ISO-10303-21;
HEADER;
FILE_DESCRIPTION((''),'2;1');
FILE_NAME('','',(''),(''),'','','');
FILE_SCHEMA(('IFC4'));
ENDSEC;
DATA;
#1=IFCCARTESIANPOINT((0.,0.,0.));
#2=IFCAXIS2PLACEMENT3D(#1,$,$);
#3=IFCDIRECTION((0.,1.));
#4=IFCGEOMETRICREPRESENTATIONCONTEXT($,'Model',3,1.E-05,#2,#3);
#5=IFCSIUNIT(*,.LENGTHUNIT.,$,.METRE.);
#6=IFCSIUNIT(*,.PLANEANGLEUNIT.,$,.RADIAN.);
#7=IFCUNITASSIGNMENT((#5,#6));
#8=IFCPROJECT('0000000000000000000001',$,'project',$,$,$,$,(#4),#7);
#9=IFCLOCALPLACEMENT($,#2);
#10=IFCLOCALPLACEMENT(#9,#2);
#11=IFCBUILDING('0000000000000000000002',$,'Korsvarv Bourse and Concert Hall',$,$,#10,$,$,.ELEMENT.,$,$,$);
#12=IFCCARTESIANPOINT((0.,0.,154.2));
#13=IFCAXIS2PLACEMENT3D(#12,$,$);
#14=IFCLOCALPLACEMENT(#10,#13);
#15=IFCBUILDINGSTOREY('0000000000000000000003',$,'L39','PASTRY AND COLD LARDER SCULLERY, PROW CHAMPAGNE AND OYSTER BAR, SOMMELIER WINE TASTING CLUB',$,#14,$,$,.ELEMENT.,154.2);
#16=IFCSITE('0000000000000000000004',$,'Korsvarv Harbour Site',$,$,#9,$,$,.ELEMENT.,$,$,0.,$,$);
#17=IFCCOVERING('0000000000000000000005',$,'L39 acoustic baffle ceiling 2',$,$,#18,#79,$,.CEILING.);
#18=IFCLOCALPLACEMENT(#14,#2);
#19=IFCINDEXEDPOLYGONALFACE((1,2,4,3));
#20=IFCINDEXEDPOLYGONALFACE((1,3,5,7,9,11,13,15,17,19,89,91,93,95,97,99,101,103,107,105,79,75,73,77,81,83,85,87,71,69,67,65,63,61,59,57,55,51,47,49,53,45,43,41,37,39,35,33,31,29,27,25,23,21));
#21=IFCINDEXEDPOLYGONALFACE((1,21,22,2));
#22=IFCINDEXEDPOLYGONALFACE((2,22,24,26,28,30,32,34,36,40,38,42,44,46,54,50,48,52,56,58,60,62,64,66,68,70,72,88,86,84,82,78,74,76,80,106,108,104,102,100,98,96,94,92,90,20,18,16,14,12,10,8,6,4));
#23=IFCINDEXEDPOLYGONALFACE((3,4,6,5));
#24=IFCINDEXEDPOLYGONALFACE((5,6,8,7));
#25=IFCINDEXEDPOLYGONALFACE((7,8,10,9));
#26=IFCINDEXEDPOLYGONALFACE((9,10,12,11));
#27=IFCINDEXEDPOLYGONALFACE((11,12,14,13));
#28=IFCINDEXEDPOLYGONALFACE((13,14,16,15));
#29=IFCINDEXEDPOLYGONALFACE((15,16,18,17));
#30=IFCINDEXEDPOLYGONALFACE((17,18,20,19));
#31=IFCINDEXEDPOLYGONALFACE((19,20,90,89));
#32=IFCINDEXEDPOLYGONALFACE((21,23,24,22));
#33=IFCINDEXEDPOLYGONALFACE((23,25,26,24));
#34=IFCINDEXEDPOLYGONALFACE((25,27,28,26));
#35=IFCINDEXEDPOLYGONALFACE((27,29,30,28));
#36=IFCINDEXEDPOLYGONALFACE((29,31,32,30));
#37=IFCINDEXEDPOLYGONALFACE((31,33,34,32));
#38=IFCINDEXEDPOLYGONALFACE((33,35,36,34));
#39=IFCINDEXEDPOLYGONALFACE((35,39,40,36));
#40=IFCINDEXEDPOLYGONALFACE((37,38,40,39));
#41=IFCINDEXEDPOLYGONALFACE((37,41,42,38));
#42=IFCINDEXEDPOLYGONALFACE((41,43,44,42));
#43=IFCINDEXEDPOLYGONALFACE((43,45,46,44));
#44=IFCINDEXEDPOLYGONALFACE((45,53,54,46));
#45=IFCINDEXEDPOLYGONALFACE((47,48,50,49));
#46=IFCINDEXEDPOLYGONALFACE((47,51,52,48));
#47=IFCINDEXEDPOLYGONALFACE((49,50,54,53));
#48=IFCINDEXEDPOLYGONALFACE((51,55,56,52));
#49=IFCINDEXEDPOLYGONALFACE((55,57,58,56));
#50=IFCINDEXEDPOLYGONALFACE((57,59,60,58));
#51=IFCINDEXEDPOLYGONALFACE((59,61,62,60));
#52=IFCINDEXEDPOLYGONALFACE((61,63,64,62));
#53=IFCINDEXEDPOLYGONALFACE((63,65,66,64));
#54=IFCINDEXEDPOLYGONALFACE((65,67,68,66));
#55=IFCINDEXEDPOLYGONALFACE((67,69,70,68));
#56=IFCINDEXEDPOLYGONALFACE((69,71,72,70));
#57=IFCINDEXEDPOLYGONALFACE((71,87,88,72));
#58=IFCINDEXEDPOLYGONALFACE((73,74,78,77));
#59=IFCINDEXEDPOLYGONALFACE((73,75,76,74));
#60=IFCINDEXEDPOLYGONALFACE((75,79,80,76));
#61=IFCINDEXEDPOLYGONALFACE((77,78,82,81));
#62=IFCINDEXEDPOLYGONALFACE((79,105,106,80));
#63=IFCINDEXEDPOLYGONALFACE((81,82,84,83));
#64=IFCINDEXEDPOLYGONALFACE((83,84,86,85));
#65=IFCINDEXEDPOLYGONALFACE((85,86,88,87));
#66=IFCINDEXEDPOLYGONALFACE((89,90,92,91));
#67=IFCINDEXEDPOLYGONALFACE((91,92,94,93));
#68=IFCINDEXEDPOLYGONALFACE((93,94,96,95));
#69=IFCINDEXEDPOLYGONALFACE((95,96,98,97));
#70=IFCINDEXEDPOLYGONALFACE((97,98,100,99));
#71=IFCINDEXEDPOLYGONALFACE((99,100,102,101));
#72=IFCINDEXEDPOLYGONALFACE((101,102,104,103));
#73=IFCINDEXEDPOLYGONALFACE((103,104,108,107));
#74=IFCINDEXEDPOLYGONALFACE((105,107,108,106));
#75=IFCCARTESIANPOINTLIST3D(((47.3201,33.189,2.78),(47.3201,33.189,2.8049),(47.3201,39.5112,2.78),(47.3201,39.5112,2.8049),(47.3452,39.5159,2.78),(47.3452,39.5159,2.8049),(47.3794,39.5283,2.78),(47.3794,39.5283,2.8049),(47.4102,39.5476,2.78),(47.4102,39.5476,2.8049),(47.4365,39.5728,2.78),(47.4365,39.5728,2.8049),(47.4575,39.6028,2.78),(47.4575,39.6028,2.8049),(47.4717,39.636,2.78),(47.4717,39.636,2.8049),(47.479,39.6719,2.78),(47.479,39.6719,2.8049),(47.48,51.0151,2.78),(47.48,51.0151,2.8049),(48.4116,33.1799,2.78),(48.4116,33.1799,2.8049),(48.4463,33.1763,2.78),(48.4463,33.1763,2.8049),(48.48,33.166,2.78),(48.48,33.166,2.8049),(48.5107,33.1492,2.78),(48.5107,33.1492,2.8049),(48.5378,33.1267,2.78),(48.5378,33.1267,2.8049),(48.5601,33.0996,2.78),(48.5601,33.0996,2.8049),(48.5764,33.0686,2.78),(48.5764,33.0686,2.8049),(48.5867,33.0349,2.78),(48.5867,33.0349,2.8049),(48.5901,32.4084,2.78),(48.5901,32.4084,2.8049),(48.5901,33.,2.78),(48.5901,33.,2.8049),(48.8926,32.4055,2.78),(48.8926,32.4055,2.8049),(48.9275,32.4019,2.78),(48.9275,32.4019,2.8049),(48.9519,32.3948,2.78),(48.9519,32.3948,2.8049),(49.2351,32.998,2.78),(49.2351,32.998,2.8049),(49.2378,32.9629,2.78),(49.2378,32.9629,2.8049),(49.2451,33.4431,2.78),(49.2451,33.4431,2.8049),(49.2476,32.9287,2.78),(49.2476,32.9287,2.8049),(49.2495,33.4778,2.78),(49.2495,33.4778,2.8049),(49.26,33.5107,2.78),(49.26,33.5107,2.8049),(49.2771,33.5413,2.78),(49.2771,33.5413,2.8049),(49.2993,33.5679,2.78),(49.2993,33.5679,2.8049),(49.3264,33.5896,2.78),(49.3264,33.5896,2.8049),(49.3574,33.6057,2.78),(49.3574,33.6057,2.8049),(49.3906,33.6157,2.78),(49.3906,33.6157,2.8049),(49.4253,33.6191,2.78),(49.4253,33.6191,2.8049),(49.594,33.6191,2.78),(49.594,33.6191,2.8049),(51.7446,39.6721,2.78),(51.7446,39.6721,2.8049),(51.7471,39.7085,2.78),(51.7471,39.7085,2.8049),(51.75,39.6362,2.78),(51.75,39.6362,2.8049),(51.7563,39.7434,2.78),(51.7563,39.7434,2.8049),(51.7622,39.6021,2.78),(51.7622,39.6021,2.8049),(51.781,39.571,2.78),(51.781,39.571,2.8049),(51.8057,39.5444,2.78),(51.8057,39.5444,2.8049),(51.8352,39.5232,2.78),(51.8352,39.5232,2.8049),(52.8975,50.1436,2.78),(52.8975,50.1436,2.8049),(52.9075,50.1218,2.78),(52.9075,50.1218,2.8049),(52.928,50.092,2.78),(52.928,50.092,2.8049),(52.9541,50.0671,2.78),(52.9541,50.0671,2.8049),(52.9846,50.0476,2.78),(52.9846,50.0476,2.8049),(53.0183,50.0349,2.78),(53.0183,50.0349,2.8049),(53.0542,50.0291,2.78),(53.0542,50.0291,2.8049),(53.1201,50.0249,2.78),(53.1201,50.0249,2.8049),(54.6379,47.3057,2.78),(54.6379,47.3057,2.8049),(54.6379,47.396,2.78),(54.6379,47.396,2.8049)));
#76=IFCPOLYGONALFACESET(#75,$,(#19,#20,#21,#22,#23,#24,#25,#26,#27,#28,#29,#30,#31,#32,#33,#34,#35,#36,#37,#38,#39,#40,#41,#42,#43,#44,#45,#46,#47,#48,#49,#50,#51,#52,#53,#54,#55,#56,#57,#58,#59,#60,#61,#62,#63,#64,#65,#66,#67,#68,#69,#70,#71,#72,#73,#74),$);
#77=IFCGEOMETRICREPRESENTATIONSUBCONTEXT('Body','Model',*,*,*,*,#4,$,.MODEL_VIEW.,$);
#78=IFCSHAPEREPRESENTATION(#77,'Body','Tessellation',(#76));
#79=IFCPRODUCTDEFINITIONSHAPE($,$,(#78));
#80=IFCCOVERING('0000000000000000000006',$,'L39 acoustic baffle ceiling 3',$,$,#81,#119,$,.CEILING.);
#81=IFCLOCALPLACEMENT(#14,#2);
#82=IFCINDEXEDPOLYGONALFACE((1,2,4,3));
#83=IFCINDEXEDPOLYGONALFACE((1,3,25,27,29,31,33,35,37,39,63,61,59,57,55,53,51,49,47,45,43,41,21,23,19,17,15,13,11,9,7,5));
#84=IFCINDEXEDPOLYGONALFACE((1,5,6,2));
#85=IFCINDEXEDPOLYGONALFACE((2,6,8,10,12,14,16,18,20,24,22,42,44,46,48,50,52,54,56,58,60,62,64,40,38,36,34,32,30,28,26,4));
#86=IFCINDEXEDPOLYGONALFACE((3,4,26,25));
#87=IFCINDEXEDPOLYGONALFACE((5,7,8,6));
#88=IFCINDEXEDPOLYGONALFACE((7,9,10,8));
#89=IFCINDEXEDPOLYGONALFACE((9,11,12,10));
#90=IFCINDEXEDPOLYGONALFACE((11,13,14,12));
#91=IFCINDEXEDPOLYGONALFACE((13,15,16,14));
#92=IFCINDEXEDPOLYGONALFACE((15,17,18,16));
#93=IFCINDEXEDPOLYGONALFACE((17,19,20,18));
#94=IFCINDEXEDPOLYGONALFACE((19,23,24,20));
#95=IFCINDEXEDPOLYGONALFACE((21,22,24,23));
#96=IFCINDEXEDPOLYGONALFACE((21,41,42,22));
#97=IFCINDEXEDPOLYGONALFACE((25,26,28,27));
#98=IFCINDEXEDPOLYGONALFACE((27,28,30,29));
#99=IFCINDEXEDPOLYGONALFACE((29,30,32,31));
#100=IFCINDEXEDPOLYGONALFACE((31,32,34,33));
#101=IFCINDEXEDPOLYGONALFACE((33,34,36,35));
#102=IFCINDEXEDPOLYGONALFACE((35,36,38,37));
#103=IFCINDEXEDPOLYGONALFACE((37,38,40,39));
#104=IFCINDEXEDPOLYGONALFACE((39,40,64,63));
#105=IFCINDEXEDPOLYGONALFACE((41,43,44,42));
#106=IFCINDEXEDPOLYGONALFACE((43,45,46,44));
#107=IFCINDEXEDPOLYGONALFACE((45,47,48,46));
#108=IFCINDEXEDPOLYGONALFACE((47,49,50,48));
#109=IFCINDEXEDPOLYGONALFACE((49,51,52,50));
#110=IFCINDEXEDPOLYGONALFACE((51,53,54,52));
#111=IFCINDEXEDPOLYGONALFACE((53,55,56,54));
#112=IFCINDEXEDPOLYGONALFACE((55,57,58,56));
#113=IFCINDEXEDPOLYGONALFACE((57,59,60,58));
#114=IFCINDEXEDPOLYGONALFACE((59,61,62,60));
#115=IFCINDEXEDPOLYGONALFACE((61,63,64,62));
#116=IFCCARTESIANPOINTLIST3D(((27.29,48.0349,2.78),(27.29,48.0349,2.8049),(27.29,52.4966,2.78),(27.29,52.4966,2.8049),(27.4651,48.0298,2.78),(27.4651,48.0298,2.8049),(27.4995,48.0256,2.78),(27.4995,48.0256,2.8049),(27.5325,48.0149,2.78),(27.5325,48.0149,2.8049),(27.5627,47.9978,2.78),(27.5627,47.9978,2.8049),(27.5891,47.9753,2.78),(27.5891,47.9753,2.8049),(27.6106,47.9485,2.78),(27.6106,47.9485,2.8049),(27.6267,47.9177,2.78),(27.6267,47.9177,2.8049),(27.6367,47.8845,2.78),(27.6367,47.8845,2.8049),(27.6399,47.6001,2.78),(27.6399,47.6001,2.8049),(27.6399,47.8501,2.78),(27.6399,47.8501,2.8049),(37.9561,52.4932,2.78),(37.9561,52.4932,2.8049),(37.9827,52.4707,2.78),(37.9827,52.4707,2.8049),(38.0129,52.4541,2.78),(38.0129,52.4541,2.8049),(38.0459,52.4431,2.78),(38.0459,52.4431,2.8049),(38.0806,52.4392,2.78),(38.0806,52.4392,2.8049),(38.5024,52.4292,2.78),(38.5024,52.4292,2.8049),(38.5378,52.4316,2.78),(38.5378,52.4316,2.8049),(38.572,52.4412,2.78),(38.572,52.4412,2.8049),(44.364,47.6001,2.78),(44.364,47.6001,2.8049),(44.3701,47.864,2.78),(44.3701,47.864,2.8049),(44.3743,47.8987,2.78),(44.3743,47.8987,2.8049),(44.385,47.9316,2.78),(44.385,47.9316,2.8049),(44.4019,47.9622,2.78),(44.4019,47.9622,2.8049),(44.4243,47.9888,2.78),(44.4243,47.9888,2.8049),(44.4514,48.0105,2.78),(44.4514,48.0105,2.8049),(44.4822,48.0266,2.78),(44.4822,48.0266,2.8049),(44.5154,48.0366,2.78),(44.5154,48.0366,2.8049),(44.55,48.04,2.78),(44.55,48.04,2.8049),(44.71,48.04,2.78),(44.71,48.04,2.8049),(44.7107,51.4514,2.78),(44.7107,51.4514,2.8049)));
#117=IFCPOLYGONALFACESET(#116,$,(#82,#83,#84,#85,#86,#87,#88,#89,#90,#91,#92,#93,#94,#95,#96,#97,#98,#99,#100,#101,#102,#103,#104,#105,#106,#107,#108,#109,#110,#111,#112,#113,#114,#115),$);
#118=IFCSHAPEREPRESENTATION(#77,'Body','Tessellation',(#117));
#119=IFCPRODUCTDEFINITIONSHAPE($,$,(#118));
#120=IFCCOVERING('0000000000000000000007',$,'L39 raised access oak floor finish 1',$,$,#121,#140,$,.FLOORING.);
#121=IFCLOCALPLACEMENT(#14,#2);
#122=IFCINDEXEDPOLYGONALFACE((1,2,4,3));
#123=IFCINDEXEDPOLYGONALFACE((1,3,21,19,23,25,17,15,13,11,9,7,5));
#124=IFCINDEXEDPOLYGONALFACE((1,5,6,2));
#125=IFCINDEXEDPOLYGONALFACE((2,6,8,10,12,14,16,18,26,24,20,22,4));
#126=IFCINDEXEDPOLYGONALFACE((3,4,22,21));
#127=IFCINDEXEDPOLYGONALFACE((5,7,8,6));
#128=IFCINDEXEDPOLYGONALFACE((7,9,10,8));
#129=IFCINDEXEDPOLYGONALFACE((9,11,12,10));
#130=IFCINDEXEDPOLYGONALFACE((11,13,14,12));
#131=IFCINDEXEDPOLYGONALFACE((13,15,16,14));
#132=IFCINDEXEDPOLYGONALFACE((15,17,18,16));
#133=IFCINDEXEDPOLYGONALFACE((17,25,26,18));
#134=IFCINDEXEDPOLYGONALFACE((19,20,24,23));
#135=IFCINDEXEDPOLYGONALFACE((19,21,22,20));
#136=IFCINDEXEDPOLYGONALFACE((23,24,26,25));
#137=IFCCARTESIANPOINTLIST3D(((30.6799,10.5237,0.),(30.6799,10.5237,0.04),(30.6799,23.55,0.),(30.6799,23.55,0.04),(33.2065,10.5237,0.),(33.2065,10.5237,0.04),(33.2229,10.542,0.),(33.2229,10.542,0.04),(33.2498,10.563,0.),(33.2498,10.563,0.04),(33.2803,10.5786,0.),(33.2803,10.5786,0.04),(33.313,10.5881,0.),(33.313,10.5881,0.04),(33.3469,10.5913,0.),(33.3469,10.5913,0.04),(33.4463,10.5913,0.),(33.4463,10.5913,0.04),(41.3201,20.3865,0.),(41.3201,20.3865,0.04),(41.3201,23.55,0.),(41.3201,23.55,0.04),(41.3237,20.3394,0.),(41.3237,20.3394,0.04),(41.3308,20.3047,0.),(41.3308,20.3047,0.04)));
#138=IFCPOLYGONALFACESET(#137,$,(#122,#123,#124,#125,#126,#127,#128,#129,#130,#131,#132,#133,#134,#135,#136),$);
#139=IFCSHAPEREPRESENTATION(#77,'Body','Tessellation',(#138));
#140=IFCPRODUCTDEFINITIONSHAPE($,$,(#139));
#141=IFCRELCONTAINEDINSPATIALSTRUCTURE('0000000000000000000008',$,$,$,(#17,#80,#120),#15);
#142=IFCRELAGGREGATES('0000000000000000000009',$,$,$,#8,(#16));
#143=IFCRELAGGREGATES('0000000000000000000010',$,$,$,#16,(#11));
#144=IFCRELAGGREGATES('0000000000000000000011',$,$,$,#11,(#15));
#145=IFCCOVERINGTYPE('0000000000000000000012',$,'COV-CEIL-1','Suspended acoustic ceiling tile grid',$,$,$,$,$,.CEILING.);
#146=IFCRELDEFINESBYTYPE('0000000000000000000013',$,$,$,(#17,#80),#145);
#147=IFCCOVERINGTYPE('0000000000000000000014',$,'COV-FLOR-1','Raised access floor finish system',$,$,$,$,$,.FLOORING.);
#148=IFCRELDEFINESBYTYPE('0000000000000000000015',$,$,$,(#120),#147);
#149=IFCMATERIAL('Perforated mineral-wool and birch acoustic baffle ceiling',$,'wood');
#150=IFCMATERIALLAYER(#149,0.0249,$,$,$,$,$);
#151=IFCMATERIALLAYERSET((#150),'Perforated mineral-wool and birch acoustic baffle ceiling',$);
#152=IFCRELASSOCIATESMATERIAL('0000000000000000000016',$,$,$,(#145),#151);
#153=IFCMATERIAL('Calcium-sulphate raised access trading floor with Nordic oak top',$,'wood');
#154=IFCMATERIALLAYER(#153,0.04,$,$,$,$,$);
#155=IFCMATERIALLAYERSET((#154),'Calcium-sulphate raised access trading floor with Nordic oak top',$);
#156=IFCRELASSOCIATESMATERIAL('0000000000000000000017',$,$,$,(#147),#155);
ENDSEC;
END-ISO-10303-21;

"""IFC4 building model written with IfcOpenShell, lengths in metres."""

from ifc_helpers import new_model, si_unit, direction, frame, origin, place, context, subcontext, project, spatial, polyline, outline, extrude, material, layer, layer_set, type_object, element, save


model = new_model("IFC4")

# Units and contexts
model_context = context("Model", 3, precision=1e-05, world=origin(), true_north=direction((0.0, 1.0)))
body_context = subcontext(model_context, "Body", "Model", "MODEL_VIEW")
ifc_project = project(units=[si_unit("LENGTHUNIT", "METRE"), si_unit("PLANEANGLEUNIT", "RADIAN")], contexts=[model_context])

# Site, building, storey
site_placement = place(None, origin())
site = spatial("IfcSite", under=ifc_project, at=site_placement, Name="Korsvarv Harbour Site", CompositionType="ELEMENT", RefElevation=0.0)
building_placement = place(site_placement, origin())
building = spatial("IfcBuilding", under=site, at=building_placement, Name="Korsvarv Bourse and Concert Hall", CompositionType="ELEMENT")
storey_placement = place(building_placement, frame((0.0, 0.0, 154.2)))
storey = spatial("IfcBuildingStorey", under=building, at=storey_placement, Name="L39", Description="PASTRY AND COLD LARDER SCULLERY, PROW CHAMPAGNE AND OYSTER BAR, SOMMELIER WINE TASTING CLUB", CompositionType="ELEMENT", Elevation=154.2)

# Coverings
ifc_material_1 = material(Name="Perforated mineral-wool and birch acoustic baffle ceiling", Category="wood")
ifc_layer_1 = layer(ifc_material_1, 0.0249)
ifc_layer_set_1 = layer_set([ifc_layer_1], Name="Perforated mineral-wool and birch acoustic baffle ceiling")
covering_type_1 = type_object("IfcCoveringType", Name="COV-CEIL-1", Description="Suspended acoustic ceiling tile grid", PredefinedType="CEILING", material=ifc_layer_set_1)
covering_1_placement = place(storey_placement, frame((0.0, 0.0, 2.78)))
element("IfcCovering", 1, at=covering_1_placement, inside=storey, type_object=covering_type_1, Name="L39 acoustic baffle ceiling 2", PredefinedType="CEILING", context=body_context, shape_type="SweptSolid", body=[
    extrude(outline(polyline([(47.3201, 39.5112), (47.3452, 39.5159), (47.3794, 39.5283), (47.4102, 39.5476), (47.4365, 39.5728), (47.4575, 39.6028), (47.4717, 39.636), (47.479, 39.6719), (47.48, 51.0151), (52.8975, 50.1436), (52.9075, 50.1218), (52.928, 50.092), (52.9541, 50.0671), (52.9846, 50.0476), (53.0183, 50.0349), (53.0542, 50.0291), (53.1201, 50.0249), (54.6379, 47.396), (54.6379, 47.3057), (51.7563, 39.7434), (51.7471, 39.7085), (51.7446, 39.6721), (51.75, 39.6362), (51.7622, 39.6021), (51.781, 39.571), (51.8057, 39.5444), (51.8352, 39.5232), (49.594, 33.6191), (49.4253, 33.6191), (49.3906, 33.6157), (49.3574, 33.6057), (49.3264, 33.5896), (49.2993, 33.5679), (49.2771, 33.5413), (49.26, 33.5107), (49.2495, 33.4778), (49.2451, 33.4431), (49.2351, 32.998), (49.2378, 32.9629), (49.2476, 32.9287), (48.9519, 32.3948), (48.9275, 32.4019), (48.8926, 32.4055), (48.5901, 32.4084), (48.5901, 33.0), (48.5867, 33.0349), (48.5764, 33.0686), (48.5601, 33.0996), (48.5378, 33.1267), (48.5107, 33.1492), (48.48, 33.166), (48.4463, 33.1763), (48.4116, 33.1799), (47.3201, 33.189), (47.3201, 39.5112)])), origin(), (0.0, 0.0, 1.0), 0.0249),
])
covering_2_placement = place(storey_placement, frame((0.0, 0.0, 2.78)))
element("IfcCovering", 2, at=covering_2_placement, inside=storey, type_object=covering_type_1, Name="L39 acoustic baffle ceiling 3", PredefinedType="CEILING", context=body_context, shape_type="SweptSolid", body=[
    extrude(outline(polyline([(37.9561, 52.4932), (37.9827, 52.4707), (38.0129, 52.4541), (38.0459, 52.4431), (38.0806, 52.4392), (38.5024, 52.4292), (38.5378, 52.4316), (38.572, 52.4412), (44.7107, 51.4514), (44.71, 48.04), (44.55, 48.04), (44.5154, 48.0366), (44.4822, 48.0266), (44.4514, 48.0105), (44.4243, 47.9888), (44.4019, 47.9622), (44.385, 47.9316), (44.3743, 47.8987), (44.3701, 47.864), (44.364, 47.6001), (27.6399, 47.6001), (27.6399, 47.8501), (27.6367, 47.8845), (27.6267, 47.9177), (27.6106, 47.9485), (27.5891, 47.9753), (27.5627, 47.9978), (27.5325, 48.0149), (27.4995, 48.0256), (27.4651, 48.0298), (27.29, 48.0349), (27.29, 52.4966), (37.9561, 52.4932)])), origin(), (0.0, 0.0, 1.0), 0.0249),
])
ifc_material_2 = material(Name="Calcium-sulphate raised access trading floor with Nordic oak top", Category="wood")
ifc_layer_2 = layer(ifc_material_2, 0.04)
ifc_layer_set_2 = layer_set([ifc_layer_2], Name="Calcium-sulphate raised access trading floor with Nordic oak top")
covering_type_2 = type_object("IfcCoveringType", Name="COV-FLOR-1", Description="Raised access floor finish system", PredefinedType="FLOORING", material=ifc_layer_set_2)
covering_3_placement = place(storey_placement, origin())
element("IfcCovering", 3, at=covering_3_placement, inside=storey, type_object=covering_type_2, Name="L39 raised access oak floor finish 1", PredefinedType="FLOORING", context=body_context, shape_type="SweptSolid", body=[
    extrude(outline(polyline([(30.6799, 10.5237), (30.6799, 23.55), (41.3201, 23.55), (41.3201, 20.3865), (41.3237, 20.3394), (41.3308, 20.3047), (33.4463, 10.5913), (33.3469, 10.5913), (33.313, 10.5881), (33.2803, 10.5786), (33.2498, 10.563), (33.2229, 10.542), (33.2065, 10.5237), (30.6799, 10.5237)])), origin(), (0.0, 0.0, 1.0), 0.04),
])

save(model, "model.ifc")
